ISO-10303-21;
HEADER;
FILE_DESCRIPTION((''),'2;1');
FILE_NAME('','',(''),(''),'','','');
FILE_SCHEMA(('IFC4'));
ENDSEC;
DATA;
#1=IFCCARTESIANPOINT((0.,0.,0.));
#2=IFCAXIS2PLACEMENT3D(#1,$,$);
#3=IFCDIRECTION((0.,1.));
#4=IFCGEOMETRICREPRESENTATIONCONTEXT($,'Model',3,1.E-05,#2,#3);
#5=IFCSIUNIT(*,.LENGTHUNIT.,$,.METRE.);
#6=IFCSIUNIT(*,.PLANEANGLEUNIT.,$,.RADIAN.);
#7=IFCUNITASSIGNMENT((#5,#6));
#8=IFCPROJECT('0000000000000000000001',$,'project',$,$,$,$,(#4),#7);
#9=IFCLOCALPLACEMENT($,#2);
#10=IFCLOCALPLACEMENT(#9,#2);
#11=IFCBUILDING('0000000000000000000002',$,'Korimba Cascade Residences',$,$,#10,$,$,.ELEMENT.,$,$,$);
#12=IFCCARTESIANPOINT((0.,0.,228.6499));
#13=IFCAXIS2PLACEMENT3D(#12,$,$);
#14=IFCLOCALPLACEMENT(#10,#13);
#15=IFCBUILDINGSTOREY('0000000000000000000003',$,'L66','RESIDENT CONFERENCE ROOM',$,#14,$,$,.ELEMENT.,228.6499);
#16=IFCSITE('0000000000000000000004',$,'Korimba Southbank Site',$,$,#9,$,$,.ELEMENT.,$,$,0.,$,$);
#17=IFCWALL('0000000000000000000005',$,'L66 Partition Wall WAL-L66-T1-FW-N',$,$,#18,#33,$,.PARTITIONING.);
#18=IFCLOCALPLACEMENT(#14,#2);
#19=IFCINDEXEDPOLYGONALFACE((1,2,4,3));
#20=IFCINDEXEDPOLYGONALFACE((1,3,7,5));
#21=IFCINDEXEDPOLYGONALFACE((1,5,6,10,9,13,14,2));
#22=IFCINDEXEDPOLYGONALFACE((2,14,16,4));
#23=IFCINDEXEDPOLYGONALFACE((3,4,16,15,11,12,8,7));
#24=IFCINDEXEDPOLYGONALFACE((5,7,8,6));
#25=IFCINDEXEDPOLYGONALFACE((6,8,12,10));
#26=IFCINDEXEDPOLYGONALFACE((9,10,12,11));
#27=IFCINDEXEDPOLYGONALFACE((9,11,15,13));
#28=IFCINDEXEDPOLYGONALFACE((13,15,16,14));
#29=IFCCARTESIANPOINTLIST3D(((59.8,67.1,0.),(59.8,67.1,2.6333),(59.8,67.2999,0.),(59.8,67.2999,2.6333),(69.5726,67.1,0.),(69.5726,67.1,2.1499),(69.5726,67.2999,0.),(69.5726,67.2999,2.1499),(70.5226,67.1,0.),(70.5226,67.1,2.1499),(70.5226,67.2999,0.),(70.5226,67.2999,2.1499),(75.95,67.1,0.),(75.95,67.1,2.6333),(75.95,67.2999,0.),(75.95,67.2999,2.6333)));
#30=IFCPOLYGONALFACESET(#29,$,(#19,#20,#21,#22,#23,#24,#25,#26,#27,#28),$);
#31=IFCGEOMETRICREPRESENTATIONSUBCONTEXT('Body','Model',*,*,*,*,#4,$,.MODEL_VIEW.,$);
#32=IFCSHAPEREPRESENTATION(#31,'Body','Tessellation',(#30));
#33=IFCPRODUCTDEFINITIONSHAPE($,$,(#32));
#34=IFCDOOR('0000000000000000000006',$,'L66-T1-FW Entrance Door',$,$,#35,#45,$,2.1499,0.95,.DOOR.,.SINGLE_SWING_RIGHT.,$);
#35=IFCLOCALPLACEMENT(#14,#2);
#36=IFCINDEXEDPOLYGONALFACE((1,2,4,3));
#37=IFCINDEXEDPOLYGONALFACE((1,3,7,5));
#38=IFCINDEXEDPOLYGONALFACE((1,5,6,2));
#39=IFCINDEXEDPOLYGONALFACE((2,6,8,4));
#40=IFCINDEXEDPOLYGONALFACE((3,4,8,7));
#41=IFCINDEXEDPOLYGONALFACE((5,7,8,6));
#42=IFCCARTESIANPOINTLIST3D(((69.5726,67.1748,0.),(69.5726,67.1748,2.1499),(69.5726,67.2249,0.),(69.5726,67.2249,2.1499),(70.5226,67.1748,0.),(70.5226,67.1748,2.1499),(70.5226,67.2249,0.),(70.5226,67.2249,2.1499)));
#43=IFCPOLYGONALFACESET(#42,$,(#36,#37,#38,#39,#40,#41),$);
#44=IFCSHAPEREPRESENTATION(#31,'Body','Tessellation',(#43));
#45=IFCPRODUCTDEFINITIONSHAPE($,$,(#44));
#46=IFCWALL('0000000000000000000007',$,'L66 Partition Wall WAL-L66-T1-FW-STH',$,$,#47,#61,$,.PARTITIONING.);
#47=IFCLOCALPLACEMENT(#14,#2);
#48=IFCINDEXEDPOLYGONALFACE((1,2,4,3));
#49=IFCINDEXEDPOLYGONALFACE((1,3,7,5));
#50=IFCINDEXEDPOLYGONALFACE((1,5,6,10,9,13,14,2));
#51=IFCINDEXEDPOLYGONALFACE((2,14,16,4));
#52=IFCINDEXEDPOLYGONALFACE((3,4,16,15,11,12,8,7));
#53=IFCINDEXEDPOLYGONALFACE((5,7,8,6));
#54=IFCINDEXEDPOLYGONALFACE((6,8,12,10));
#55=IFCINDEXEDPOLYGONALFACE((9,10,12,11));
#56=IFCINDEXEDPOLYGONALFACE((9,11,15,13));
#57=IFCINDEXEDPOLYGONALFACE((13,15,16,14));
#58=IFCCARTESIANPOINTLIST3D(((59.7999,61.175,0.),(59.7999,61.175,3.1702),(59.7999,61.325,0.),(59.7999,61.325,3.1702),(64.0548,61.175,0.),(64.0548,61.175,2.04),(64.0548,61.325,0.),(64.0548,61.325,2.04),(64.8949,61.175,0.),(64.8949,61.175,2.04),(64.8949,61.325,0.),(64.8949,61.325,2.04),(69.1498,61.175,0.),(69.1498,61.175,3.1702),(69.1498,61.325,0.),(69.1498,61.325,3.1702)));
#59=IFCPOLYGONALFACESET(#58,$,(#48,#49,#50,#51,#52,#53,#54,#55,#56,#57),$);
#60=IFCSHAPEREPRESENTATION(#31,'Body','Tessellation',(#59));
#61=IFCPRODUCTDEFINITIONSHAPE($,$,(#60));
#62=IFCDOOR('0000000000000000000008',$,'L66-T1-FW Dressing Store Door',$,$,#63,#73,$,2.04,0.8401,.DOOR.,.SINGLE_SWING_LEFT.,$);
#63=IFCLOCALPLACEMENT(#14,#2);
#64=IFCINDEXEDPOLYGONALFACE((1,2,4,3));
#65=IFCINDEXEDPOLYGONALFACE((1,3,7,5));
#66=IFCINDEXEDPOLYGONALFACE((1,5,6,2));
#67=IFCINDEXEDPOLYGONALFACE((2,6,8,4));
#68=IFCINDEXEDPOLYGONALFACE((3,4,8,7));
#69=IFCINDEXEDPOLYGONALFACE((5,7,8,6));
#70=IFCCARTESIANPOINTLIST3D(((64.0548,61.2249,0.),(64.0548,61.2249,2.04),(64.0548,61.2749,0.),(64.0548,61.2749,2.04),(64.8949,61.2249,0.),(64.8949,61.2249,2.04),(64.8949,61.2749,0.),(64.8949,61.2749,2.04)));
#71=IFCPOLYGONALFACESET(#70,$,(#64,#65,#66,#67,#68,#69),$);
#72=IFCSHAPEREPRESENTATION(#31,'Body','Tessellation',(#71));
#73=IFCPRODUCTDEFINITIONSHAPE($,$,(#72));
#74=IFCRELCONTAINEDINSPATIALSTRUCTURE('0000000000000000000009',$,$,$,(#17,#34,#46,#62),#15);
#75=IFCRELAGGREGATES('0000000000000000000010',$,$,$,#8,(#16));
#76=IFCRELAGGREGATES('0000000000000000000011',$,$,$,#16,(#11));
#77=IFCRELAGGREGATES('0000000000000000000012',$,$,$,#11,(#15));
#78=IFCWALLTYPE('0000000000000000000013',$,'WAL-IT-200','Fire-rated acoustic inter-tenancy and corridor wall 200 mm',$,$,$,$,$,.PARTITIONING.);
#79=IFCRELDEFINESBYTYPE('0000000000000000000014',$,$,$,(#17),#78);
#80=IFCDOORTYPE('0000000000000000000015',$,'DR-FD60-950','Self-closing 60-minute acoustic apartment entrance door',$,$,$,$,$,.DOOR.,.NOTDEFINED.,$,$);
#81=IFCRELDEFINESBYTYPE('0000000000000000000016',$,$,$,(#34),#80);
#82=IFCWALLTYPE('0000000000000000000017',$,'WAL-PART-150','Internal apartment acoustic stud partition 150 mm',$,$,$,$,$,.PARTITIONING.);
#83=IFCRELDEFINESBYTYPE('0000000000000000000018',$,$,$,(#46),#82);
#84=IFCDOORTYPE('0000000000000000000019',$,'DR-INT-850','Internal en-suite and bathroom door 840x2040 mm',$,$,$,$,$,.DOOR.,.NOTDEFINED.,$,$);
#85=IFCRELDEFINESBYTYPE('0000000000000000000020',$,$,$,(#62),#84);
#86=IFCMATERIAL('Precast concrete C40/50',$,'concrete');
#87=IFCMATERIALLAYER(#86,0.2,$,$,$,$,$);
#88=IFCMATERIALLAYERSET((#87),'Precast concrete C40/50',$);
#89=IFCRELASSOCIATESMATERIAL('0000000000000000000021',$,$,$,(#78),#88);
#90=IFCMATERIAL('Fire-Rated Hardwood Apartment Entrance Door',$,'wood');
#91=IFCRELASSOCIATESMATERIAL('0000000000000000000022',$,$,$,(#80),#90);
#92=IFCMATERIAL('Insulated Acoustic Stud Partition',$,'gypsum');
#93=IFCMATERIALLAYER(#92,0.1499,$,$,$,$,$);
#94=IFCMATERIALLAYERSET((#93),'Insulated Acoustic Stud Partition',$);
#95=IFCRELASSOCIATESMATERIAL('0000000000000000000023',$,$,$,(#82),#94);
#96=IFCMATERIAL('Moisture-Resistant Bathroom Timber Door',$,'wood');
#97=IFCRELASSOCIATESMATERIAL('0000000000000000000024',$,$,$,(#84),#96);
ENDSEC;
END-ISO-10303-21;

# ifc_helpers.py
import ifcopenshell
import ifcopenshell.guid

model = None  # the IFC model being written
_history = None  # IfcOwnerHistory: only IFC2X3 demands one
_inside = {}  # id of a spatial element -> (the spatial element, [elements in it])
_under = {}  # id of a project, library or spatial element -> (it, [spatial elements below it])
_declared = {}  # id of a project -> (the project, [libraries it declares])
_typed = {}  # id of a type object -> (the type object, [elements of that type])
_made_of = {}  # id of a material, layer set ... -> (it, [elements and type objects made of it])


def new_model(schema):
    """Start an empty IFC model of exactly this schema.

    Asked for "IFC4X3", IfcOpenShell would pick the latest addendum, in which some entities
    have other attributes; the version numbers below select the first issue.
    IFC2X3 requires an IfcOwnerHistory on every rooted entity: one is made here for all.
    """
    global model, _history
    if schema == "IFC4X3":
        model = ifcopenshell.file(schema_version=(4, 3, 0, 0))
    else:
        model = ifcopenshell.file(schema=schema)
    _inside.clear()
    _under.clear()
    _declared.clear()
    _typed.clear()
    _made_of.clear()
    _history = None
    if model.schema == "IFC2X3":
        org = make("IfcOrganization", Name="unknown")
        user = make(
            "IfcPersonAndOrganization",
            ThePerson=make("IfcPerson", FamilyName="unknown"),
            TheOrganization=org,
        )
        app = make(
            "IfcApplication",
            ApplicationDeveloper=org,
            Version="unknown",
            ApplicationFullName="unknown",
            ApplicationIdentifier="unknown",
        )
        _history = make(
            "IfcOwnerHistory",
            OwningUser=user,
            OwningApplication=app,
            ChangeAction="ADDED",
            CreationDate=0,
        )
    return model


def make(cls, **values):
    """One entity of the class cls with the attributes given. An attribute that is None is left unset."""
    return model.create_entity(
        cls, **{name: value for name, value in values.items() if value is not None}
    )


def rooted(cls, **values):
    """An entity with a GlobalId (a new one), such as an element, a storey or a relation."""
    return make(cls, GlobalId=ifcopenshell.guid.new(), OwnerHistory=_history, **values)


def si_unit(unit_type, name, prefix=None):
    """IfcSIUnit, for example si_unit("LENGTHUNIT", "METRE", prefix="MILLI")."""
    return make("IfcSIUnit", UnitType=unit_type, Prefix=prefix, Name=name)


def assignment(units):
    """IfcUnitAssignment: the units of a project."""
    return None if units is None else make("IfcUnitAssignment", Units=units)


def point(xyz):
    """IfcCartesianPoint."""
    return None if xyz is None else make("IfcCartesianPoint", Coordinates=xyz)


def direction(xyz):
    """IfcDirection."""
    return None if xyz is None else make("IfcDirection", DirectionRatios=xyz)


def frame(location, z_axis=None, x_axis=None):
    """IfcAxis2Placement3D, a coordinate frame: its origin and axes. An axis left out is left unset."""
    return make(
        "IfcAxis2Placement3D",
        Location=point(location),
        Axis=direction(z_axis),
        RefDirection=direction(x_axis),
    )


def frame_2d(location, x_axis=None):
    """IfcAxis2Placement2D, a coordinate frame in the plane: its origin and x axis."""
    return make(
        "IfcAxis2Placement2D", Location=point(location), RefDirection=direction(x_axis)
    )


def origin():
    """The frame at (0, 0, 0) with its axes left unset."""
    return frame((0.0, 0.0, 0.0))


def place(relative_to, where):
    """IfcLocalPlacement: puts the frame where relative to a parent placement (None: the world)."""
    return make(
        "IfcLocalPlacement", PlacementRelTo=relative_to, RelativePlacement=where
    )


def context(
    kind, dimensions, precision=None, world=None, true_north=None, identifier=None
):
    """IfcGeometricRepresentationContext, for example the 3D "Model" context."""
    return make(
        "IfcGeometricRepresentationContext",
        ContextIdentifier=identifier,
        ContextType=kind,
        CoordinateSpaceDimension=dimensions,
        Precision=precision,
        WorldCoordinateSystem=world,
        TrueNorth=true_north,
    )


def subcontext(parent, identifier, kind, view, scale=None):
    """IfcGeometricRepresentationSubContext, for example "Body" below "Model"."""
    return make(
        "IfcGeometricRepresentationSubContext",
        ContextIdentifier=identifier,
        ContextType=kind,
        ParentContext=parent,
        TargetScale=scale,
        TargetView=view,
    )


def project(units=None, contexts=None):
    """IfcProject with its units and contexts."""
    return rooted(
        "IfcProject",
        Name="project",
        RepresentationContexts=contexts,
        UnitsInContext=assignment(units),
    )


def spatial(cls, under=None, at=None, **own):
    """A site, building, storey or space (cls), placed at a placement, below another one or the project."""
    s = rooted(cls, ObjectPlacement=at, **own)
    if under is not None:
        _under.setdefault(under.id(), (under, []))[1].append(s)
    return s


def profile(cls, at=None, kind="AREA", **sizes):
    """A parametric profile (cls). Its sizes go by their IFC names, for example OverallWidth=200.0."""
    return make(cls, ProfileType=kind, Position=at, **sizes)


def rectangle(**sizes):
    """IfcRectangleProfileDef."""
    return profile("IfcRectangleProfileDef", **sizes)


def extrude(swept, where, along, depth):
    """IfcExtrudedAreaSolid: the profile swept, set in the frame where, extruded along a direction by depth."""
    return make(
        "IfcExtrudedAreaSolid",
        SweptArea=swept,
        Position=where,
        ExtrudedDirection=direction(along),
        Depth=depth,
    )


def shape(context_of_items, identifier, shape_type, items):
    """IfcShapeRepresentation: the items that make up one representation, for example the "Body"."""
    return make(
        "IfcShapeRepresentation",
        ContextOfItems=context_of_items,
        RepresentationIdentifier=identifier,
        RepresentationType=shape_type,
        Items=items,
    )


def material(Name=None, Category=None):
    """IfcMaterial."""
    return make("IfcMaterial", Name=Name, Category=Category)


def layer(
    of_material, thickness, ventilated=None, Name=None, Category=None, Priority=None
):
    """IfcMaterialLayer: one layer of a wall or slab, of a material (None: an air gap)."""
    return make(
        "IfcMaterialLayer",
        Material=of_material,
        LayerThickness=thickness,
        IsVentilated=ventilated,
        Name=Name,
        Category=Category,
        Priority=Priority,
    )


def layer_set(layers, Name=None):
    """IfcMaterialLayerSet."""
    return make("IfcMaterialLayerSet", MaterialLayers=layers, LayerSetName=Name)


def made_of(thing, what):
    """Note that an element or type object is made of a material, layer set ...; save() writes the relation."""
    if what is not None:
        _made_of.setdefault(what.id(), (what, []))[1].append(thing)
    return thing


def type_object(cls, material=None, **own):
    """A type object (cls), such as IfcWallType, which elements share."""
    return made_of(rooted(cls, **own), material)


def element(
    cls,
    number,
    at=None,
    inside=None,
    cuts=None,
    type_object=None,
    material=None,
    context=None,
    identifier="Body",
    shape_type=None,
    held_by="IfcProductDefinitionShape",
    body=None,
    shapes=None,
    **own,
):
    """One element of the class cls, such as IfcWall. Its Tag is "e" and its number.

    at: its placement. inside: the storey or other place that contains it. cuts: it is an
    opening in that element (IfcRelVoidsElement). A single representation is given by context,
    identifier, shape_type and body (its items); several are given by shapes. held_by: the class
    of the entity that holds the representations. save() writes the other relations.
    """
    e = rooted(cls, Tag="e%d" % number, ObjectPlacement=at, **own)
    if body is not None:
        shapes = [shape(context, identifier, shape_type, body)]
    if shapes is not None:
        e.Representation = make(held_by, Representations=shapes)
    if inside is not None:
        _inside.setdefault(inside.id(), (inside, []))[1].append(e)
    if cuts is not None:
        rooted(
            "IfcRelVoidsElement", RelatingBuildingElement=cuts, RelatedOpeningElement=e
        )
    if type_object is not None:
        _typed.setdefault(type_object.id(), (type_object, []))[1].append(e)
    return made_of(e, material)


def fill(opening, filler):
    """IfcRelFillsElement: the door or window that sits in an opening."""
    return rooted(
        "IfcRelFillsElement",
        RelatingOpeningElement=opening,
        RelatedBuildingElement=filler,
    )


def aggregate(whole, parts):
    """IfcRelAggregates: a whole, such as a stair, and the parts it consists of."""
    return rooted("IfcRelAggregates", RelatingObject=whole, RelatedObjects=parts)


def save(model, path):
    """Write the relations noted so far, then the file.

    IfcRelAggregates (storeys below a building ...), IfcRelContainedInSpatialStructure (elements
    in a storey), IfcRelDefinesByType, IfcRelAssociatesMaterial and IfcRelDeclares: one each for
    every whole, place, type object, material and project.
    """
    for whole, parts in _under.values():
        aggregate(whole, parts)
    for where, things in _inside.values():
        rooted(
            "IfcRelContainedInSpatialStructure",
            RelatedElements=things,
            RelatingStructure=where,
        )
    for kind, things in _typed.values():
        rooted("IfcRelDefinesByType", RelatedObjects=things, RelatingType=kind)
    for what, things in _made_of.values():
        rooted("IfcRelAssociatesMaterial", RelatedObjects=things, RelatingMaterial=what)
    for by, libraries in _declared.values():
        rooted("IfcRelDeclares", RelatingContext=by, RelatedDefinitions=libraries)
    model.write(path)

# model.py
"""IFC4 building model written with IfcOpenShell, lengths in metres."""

from ifc_helpers import new_model, si_unit, direction, frame, frame_2d, origin, place, context, subcontext, project, spatial, rectangle, extrude, material, layer, layer_set, type_object, element, fill, save


model = new_model("IFC4")

# Units and contexts
model_context = context("Model", 3, precision=1e-05, world=origin(), true_north=direction((0.0, 1.0)))
body_context = subcontext(model_context, "Body", "Model", "MODEL_VIEW")
ifc_project = project(units=[si_unit("LENGTHUNIT", "METRE"), si_unit("PLANEANGLEUNIT", "RADIAN")], contexts=[model_context])

# Site, building, storey
site_placement = place(None, origin())
site = spatial("IfcSite", under=ifc_project, at=site_placement, Name="Korimba Southbank Site", CompositionType="ELEMENT", RefElevation=0.0)
building_placement = place(site_placement, origin())
building = spatial("IfcBuilding", under=site, at=building_placement, Name="Korimba Cascade Residences", CompositionType="ELEMENT")
storey_placement = place(building_placement, frame((0.0, 0.0, 228.6499)))
storey = spatial("IfcBuildingStorey", under=building, at=storey_placement, Name="L66", Description="RESIDENT CONFERENCE ROOM", CompositionType="ELEMENT", Elevation=228.6499)

# Shared definitions
ifc_material_1 = material(Name="Precast concrete C40/50", Category="concrete")

# Shared definitions
ifc_layer_1 = layer(ifc_material_1, 0.2)
ifc_layer_set_1 = layer_set([ifc_layer_1], Name="Precast concrete C40/50")
wall_type_1 = type_object("IfcWallType", Name="WAL-IT-200", Description="Fire-rated acoustic inter-tenancy and corridor wall 200 mm", PredefinedType="PARTITIONING", material=ifc_layer_set_1)

# Walls, openings, doors
wall_1_placement = place(storey_placement, frame((59.8, 67.2, 0.0), z_axis=(0.0, 0.0, 1.0), x_axis=(1.0, 0.0, 0.0)))
wall_1 = element("IfcWall", 1, at=wall_1_placement, inside=storey, type_object=wall_type_1, Name="L66 Partition Wall WAL-L66-T1-FW-N", PredefinedType="PARTITIONING", context=body_context, shape_type="SweptSolid", body=[
    extrude(rectangle(XDim=16.1499, YDim=0.2, at=frame_2d((8.075, 0.0))), origin(), (0.0, 0.0, 1.0), 2.6333),
])
opening_1_placement = place(wall_1_placement, frame((9.7725, 0.0, 0.0)))
opening_1 = element("IfcOpeningElement", 2, at=opening_1_placement, cuts=wall_1, PredefinedType="OPENING", context=body_context, shape_type="SweptSolid", body=[
    extrude(rectangle(XDim=0.95, YDim=2.1499, at=frame_2d((0.4751, 1.075))), frame((0.0, 0.1099, 0.0), z_axis=(0.0, -1.0, 0.0), x_axis=(1.0, 0.0, 0.0)), (0.0, 0.0, 1.0), 0.22),
])
ifc_material_2 = material(Name="Fire-Rated Hardwood Apartment Entrance Door", Category="wood")
door_type_1 = type_object("IfcDoorType", Name="DR-FD60-950", Description="Self-closing 60-minute acoustic apartment entrance door", OperationType="NOTDEFINED", PredefinedType="DOOR", material=ifc_material_2)
door_1_placement = place(opening_1_placement, origin())
door_1 = element("IfcDoor", 3, at=door_1_placement, inside=storey, type_object=door_type_1, Name="L66-T1-FW Entrance Door", OperationType="SINGLE_SWING_RIGHT", OverallHeight=2.1499, OverallWidth=0.95, PredefinedType="DOOR", context=body_context, shape_type="SweptSolid", body=[
    extrude(rectangle(XDim=0.95, YDim=2.1499, at=frame_2d((0.4751, 1.075))), frame((0.0, 0.0249, 0.0), z_axis=(0.0, -1.0, 0.0), x_axis=(1.0, 0.0, 0.0)), (0.0, 0.0, 1.0), 0.05),
])
fill(opening_1, door_1)
ifc_material_3 = material(Name="Insulated Acoustic Stud Partition", Category="gypsum")
ifc_layer_2 = layer(ifc_material_3, 0.1499)
ifc_layer_set_2 = layer_set([ifc_layer_2], Name="Insulated Acoustic Stud Partition")
wall_type_2 = type_object("IfcWallType", Name="WAL-PART-150", Description="Internal apartment acoustic stud partition 150 mm", PredefinedType="PARTITIONING", material=ifc_layer_set_2)
wall_2_placement = place(storey_placement, frame((59.8, 61.25, 0.0), z_axis=(0.0, 0.0, 1.0), x_axis=(1.0, 0.0, 0.0)))
wall_2 = element("IfcWall", 4, at=wall_2_placement, inside=storey, type_object=wall_type_2, Name="L66 Partition Wall WAL-L66-T1-FW-STH", PredefinedType="PARTITIONING", context=body_context, shape_type="SweptSolid", body=[
    extrude(rectangle(XDim=9.3499, YDim=0.1499, at=frame_2d((4.6748, 0.0))), origin(), (0.0, 0.0, 1.0), 3.1702),
])
opening_2_placement = place(wall_2_placement, frame((4.2549, 0.0, 0.0)))
opening_2 = element("IfcOpeningElement", 5, at=opening_2_placement, cuts=wall_2, PredefinedType="OPENING", context=body_context, shape_type="SweptSolid", body=[
    extrude(rectangle(XDim=0.8401, YDim=2.04, at=frame_2d((0.4199, 1.02))), frame((0.0, 0.085, 0.0), z_axis=(0.0, -1.0, 0.0), x_axis=(1.0, 0.0, 0.0)), (0.0, 0.0, 1.0), 0.1699),
])
ifc_material_4 = material(Name="Moisture-Resistant Bathroom Timber Door", Category="wood")
door_type_2 = type_object("IfcDoorType", Name="DR-INT-850", Description="Internal en-suite and bathroom door 840x2040 mm", OperationType="NOTDEFINED", PredefinedType="DOOR", material=ifc_material_4)
door_2_placement = place(opening_2_placement, origin())
door_2 = element("IfcDoor", 6, at=door_2_placement, inside=storey, type_object=door_type_2, Name="L66-T1-FW Dressing Store Door", OperationType="SINGLE_SWING_LEFT", OverallHeight=2.04, OverallWidth=0.8401, PredefinedType="DOOR", context=body_context, shape_type="SweptSolid", body=[
    extrude(rectangle(XDim=0.8401, YDim=2.04, at=frame_2d((0.4199, 1.02))), frame((0.0, 0.0249, 0.0), z_axis=(0.0, -1.0, 0.0), x_axis=(1.0, 0.0, 0.0)), (0.0, 0.0, 1.0), 0.05),
])
fill(opening_2, door_2)

save(model, "model.ifc")
